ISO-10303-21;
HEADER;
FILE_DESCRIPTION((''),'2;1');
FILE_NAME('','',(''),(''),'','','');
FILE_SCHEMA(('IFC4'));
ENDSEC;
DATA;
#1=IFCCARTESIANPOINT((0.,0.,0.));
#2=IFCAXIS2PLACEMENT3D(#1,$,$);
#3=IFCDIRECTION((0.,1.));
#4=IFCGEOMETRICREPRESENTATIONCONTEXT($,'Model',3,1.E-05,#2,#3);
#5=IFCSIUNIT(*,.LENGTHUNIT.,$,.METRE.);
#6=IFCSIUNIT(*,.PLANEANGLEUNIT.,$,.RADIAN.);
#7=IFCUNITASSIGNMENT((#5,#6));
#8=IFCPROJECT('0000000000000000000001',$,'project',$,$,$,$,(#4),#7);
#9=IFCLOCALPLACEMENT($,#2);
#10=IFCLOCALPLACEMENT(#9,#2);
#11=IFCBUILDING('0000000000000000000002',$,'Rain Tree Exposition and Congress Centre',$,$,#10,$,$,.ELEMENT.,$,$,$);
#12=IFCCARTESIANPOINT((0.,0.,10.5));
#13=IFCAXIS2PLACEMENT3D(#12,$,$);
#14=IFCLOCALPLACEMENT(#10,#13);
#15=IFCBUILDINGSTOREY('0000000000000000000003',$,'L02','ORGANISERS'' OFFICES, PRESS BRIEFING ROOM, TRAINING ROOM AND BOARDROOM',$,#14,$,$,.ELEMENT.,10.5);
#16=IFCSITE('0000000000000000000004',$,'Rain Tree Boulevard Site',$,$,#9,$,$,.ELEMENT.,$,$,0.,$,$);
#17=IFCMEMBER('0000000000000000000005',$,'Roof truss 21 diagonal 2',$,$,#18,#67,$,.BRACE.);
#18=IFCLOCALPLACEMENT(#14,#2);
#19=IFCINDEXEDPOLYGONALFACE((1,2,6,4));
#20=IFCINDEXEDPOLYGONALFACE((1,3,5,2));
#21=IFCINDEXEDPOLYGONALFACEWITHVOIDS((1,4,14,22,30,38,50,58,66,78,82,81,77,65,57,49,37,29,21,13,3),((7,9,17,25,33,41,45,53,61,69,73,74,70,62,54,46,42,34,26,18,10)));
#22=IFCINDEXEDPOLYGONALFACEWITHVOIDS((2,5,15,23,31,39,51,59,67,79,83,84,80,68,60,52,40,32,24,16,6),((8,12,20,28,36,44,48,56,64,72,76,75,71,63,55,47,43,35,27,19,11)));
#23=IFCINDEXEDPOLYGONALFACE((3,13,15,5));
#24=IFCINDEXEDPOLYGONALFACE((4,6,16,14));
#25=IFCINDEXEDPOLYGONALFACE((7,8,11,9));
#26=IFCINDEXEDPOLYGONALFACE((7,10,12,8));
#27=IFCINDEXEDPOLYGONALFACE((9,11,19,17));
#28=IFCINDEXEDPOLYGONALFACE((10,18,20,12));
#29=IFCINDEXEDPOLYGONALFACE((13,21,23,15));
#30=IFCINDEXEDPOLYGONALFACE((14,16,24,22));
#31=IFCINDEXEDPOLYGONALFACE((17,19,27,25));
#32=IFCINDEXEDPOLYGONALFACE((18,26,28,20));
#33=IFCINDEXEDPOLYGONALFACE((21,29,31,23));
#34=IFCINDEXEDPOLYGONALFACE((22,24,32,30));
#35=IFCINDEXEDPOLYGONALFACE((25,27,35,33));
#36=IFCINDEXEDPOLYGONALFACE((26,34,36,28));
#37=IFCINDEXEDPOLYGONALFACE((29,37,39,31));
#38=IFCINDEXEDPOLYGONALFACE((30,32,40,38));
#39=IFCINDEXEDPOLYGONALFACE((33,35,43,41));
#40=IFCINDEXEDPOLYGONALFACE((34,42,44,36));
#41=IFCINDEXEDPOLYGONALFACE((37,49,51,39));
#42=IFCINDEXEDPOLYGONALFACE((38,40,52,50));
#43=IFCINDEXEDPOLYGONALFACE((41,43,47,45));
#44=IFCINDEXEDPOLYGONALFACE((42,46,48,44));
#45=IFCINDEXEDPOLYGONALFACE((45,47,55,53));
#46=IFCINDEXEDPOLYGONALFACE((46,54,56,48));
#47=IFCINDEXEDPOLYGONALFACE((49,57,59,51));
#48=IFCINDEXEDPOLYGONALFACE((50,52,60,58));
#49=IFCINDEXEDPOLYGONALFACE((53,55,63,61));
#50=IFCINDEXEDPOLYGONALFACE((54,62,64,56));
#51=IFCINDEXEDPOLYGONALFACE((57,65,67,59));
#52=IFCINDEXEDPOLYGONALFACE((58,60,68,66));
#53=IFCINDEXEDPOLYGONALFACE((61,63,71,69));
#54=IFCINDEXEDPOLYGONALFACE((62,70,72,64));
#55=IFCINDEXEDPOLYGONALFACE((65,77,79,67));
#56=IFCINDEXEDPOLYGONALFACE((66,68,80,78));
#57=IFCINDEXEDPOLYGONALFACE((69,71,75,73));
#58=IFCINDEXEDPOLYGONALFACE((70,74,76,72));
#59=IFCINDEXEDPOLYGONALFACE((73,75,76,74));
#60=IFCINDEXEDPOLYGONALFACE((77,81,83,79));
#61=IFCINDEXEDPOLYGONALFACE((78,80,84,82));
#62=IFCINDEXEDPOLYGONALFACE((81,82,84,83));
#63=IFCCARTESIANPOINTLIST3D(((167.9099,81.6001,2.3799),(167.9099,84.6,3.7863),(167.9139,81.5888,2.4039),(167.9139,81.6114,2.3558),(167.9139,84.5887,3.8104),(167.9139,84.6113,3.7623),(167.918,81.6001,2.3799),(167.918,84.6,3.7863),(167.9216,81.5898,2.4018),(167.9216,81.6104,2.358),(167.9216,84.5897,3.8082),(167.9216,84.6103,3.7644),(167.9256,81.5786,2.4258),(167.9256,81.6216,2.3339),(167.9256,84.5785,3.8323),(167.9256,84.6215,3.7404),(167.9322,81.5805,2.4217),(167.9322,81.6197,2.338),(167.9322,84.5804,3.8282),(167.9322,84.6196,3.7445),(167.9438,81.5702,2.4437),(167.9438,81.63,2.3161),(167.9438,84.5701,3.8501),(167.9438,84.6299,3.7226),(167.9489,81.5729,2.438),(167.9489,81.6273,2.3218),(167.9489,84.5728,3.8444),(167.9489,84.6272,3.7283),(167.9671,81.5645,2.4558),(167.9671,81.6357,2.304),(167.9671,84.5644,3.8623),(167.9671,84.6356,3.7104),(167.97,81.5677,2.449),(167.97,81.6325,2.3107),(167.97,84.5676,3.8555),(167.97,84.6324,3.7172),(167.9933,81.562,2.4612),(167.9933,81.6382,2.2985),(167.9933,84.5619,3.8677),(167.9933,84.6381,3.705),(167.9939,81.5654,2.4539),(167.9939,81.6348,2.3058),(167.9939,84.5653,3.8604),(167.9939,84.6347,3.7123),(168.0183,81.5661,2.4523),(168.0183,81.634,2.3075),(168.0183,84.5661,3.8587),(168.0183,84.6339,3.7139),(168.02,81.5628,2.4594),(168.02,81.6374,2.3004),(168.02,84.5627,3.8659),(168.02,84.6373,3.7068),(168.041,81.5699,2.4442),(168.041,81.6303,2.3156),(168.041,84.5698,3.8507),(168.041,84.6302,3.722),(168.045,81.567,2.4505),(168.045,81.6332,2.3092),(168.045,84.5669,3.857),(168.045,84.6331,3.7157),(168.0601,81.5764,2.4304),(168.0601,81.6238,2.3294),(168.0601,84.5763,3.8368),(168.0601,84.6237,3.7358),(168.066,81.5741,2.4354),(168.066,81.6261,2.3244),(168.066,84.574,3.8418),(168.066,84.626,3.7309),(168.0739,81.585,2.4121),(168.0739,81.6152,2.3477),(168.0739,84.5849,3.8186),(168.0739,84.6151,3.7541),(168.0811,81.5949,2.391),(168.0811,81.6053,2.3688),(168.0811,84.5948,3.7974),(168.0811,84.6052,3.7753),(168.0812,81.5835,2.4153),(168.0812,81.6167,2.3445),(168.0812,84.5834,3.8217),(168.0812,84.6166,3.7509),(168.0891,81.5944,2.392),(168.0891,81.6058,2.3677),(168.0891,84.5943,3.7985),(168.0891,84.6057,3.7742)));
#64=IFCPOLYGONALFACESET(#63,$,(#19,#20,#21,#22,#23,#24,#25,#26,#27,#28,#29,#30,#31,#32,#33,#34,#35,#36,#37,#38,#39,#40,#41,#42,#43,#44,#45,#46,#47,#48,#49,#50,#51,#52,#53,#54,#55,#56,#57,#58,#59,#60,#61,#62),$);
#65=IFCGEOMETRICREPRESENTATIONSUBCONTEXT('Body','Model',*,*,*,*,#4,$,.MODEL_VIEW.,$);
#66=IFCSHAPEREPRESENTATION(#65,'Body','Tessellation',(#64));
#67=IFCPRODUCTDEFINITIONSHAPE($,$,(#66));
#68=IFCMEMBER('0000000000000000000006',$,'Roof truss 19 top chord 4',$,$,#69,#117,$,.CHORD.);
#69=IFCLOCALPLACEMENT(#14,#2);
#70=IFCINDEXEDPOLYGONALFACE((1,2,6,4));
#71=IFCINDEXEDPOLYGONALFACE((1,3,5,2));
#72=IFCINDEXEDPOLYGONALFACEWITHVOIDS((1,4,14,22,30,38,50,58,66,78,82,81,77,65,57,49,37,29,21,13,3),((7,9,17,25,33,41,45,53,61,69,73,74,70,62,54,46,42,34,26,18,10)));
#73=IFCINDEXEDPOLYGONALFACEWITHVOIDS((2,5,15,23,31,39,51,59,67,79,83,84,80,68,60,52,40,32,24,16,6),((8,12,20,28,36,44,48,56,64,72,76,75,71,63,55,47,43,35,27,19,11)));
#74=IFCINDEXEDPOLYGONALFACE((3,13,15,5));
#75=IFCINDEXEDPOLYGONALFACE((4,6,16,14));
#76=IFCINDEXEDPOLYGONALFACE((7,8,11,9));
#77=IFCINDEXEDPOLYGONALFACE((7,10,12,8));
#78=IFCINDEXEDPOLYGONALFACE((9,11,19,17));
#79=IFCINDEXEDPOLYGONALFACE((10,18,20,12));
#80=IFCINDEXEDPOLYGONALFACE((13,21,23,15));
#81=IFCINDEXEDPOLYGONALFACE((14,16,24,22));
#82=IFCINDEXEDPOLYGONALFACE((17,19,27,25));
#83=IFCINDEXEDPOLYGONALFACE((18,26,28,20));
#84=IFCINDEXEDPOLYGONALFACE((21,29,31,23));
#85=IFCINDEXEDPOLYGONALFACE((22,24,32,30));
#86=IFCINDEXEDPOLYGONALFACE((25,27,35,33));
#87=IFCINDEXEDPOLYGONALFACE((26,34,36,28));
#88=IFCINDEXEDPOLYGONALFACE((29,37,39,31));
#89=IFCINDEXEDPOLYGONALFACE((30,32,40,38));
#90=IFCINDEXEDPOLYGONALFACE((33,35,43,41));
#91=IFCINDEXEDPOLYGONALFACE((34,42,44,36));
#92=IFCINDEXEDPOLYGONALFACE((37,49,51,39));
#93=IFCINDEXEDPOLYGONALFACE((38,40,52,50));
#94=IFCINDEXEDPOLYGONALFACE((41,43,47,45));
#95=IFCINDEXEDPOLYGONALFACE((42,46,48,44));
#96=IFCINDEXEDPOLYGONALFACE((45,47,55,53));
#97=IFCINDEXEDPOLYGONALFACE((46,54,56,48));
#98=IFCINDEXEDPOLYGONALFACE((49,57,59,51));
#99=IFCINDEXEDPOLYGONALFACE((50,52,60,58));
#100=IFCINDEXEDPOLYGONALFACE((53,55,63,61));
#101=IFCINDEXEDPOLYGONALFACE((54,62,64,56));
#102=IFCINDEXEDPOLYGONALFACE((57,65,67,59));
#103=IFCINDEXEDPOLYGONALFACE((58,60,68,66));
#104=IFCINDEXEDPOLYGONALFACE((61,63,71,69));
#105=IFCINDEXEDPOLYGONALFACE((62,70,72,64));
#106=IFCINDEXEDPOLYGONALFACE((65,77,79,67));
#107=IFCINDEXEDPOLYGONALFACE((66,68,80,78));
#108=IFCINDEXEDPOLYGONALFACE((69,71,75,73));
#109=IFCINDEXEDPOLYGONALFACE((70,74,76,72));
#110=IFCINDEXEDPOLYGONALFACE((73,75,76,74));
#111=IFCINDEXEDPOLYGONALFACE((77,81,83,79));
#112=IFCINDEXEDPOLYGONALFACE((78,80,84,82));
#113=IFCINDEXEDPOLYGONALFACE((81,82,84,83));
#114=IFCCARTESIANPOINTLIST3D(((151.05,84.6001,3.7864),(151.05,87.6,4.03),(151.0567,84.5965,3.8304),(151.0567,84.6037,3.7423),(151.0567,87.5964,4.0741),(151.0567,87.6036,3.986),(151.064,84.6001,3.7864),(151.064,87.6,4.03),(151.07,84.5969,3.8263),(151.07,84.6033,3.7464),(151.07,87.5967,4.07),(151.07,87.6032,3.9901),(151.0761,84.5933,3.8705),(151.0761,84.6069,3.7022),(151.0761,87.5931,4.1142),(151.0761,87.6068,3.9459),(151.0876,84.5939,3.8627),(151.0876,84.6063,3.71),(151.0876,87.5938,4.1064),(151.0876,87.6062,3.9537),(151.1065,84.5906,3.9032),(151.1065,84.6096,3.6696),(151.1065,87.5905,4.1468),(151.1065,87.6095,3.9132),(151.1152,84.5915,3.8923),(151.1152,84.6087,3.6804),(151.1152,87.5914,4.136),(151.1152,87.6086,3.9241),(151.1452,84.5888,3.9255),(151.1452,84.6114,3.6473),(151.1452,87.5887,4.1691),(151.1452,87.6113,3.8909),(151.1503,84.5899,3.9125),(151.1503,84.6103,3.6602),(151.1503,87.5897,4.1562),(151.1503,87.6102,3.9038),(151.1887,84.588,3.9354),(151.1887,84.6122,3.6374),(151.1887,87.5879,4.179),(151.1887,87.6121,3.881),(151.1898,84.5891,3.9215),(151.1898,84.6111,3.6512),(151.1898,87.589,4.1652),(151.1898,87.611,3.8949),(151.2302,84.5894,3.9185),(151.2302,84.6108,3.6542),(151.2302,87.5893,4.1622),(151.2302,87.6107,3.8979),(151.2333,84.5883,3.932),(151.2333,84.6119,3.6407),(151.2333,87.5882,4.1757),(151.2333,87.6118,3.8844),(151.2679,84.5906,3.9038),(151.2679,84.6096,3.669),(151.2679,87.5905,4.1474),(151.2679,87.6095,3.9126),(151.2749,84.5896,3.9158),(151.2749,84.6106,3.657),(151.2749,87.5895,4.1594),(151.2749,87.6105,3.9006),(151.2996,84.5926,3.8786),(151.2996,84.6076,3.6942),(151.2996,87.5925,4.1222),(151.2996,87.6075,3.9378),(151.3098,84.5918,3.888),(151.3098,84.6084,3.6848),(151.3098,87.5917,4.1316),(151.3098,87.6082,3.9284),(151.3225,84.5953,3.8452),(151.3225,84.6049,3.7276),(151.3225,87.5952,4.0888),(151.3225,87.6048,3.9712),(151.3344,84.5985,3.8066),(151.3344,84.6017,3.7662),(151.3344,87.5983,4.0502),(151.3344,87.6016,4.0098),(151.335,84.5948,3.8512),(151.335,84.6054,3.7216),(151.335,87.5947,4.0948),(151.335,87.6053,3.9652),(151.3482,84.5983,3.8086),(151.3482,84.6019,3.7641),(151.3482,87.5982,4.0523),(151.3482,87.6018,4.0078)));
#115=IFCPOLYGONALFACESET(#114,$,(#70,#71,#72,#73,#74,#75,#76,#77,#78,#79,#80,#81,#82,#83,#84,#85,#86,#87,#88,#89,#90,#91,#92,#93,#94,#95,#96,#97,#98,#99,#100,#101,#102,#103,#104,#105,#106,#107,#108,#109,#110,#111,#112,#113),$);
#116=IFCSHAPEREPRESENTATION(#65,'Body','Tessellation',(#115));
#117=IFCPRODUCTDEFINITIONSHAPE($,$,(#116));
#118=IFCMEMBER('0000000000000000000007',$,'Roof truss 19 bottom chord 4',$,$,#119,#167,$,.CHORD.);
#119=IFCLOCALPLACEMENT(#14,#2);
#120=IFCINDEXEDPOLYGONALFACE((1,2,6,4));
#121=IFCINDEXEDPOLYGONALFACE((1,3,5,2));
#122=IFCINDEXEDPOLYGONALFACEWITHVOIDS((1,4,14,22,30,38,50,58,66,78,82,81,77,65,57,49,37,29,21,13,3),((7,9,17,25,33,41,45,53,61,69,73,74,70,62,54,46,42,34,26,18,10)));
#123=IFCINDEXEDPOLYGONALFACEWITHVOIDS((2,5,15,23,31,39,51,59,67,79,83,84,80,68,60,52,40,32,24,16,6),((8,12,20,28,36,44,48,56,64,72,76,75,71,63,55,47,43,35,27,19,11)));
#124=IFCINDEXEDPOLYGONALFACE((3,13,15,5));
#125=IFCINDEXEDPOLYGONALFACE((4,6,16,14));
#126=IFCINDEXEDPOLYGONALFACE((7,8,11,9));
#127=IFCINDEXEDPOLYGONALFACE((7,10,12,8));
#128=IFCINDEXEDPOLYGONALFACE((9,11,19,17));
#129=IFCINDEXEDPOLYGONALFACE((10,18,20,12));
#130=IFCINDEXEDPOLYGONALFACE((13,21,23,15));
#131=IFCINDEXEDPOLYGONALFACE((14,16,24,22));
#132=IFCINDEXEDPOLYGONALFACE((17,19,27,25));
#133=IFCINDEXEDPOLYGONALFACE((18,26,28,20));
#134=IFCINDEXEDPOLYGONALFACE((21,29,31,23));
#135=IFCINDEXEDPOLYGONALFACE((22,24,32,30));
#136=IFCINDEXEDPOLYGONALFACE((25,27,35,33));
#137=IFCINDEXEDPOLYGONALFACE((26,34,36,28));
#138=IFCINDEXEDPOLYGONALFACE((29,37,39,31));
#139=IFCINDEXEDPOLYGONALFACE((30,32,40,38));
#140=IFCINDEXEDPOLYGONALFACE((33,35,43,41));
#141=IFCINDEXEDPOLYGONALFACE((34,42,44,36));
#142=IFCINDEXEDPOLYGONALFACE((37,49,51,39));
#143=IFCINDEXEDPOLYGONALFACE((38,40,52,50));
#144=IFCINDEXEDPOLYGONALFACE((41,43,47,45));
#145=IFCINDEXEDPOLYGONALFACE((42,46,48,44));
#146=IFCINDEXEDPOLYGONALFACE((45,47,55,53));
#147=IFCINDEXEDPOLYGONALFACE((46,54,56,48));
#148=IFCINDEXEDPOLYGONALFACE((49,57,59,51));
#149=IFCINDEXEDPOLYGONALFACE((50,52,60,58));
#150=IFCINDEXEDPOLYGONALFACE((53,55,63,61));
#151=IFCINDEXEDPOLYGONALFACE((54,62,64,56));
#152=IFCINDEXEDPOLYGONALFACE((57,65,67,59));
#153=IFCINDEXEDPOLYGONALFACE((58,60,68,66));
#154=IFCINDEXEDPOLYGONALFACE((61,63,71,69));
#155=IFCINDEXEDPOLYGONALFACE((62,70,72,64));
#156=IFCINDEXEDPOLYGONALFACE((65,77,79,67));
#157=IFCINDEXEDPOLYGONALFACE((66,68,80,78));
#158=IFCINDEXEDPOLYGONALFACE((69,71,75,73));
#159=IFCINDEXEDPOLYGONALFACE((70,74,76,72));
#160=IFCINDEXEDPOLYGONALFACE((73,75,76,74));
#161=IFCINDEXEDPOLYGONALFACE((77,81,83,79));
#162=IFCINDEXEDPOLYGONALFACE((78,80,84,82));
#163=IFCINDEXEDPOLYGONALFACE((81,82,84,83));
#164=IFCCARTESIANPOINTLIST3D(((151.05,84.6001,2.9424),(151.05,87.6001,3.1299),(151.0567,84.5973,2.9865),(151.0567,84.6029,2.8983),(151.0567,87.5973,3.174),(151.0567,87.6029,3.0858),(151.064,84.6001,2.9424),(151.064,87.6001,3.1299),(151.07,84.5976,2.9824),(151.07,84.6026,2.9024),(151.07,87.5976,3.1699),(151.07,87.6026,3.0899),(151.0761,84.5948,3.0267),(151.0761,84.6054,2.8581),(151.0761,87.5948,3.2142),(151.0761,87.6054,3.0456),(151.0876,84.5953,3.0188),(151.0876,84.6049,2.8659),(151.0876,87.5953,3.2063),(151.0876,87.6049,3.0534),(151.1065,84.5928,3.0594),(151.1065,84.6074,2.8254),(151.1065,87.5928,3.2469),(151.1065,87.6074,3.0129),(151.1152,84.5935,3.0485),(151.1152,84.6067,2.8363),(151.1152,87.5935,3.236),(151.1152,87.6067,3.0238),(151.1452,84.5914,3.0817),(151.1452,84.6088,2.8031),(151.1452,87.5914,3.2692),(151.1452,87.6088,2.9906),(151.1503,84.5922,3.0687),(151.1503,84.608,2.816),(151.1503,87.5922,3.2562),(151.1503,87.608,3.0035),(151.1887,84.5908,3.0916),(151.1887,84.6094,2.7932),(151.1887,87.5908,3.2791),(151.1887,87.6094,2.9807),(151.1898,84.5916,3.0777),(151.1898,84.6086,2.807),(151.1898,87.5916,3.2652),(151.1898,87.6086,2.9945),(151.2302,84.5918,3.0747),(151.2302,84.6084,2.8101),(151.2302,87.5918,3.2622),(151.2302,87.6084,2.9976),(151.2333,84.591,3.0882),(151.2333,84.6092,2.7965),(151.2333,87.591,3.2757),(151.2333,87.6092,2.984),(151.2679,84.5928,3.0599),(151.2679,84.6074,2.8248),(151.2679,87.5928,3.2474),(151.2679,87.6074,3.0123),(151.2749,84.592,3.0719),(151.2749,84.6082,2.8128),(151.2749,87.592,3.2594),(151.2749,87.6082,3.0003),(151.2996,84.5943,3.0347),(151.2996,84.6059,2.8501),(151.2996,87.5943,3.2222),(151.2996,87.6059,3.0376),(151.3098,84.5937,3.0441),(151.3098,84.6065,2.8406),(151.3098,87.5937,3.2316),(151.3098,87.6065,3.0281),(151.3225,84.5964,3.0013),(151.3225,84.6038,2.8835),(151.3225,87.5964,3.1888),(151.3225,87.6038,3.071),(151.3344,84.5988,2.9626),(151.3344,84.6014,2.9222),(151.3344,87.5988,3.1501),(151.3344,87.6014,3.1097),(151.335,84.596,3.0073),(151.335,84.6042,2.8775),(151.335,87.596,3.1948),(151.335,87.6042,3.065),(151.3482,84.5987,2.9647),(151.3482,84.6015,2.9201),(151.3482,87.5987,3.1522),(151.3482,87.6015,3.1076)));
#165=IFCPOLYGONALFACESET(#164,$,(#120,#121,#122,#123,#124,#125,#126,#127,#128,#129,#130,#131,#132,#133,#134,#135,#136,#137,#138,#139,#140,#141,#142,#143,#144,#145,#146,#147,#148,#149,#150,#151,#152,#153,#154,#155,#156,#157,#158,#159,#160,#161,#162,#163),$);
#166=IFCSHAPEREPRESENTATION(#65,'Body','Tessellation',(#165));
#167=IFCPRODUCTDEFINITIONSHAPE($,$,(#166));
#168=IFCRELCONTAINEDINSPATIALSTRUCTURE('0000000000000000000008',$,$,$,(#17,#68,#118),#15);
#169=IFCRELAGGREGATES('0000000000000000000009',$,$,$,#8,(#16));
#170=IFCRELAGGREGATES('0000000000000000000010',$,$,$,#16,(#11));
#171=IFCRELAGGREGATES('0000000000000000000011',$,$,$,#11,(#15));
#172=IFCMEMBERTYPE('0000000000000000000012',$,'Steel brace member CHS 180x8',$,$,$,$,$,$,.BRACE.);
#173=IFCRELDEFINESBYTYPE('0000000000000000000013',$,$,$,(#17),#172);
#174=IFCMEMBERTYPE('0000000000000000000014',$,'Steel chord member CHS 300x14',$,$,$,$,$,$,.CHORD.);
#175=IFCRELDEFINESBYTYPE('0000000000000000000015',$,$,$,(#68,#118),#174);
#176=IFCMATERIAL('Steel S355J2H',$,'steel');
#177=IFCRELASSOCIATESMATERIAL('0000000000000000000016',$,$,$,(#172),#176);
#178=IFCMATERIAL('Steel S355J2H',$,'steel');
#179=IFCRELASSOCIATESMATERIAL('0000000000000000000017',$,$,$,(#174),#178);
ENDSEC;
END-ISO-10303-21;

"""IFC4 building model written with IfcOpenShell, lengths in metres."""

from ifc_helpers import new_model, si_unit, direction, frame, origin, origin_2d, place, context, subcontext, project, spatial, hollow_circle, extrude, material, material_profile, profile_set, type_object, element, save


model = new_model("IFC4")

# Units and contexts
model_context = context("Model", 3, precision=1e-05, world=origin(), true_north=direction((0.0, 1.0)))
body_context = subcontext(model_context, "Body", "Model", "MODEL_VIEW")
ifc_project = project(units=[si_unit("LENGTHUNIT", "METRE"), si_unit("PLANEANGLEUNIT", "RADIAN")], contexts=[model_context])

# Site, building, storey
site_placement = place(None, origin())
site = spatial("IfcSite", under=ifc_project, at=site_placement, Name="Rain Tree Boulevard Site", CompositionType="ELEMENT", RefElevation=0.0)
building_placement = place(site_placement, origin())
building = spatial("IfcBuilding", under=site, at=building_placement, Name="Rain Tree Exposition and Congress Centre", CompositionType="ELEMENT")
storey_placement = place(building_placement, frame((0.0, 0.0, 10.5)))
storey = spatial("IfcBuildingStorey", under=building, at=storey_placement, Name="L02", Description="ORGANISERS' OFFICES, PRESS BRIEFING ROOM, TRAINING ROOM AND BOARDROOM", CompositionType="ELEMENT", Elevation=10.5)

# Members
ifc_material_1 = material(Name="Steel S355J2H", Category="steel")
ifc_material_profile_1 = material_profile(ifc_material_1, hollow_circle(Radius=0.0901, WallThickness=0.0081, at=origin_2d()), Name="CHS 180x8")
ifc_profile_set_1 = profile_set([ifc_material_profile_1], Name="Steel S355J2H")
member_type_1 = type_object("IfcMemberType", Name="Steel brace member CHS 180x8", PredefinedType="BRACE", material=ifc_profile_set_1)
member_1_placement = place(storey_placement, frame((168.0, 81.6001, 2.3799), z_axis=(0.0, 0.905431, 0.424494), x_axis=(-1.0, 0.0, 0.0)))
element("IfcMember", 1, at=member_1_placement, inside=storey, type_object=member_type_1, Name="Roof truss 21 diagonal 2", PredefinedType="BRACE", context=body_context, shape_type="SweptSolid", body=[
    extrude(hollow_circle(Radius=0.0901, WallThickness=0.0081, at=origin_2d()), origin(), (0.0, 0.0, 1.0), 3.3132),
])
ifc_material_2 = material(Name="Steel S355J2H", Category="steel")
ifc_material_profile_2 = material_profile(ifc_material_2, hollow_circle(Radius=0.1499, WallThickness=0.0139, at=origin_2d()), Name="CHS 300x14")
ifc_profile_set_2 = profile_set([ifc_material_profile_2], Name="Steel S355J2H")
member_type_2 = type_object("IfcMemberType", Name="Steel chord member CHS 300x14", PredefinedType="CHORD", material=ifc_profile_set_2)
member_2_placement = place(storey_placement, frame((151.2, 84.6001, 3.7864), z_axis=(0.0, 0.996718, 0.080951), x_axis=(-1.0, 0.0, 0.0)))
element("IfcMember", 2, at=member_2_placement, inside=storey, type_object=member_type_2, Name="Roof truss 19 top chord 4", PredefinedType="CHORD", context=body_context, shape_type="SweptSolid", body=[
    extrude(hollow_circle(Radius=0.1499, WallThickness=0.0139, at=origin_2d()), origin(), (0.0, 0.0, 1.0), 3.0098),
])
member_3_placement = place(storey_placement, frame((151.2, 84.6001, 2.9424), z_axis=(0.0, 0.998053, 0.062378), x_axis=(-1.0, 0.0, 0.0)))
element("IfcMember", 3, at=member_3_placement, inside=storey, type_object=member_type_2, Name="Roof truss 19 bottom chord 4", PredefinedType="CHORD", context=body_context, shape_type="SweptSolid", body=[
    extrude(hollow_circle(Radius=0.1499, WallThickness=0.0139, at=origin_2d()), origin(), (0.0, 0.0, 1.0), 3.0059),
])

save(model, "model.ifc")
